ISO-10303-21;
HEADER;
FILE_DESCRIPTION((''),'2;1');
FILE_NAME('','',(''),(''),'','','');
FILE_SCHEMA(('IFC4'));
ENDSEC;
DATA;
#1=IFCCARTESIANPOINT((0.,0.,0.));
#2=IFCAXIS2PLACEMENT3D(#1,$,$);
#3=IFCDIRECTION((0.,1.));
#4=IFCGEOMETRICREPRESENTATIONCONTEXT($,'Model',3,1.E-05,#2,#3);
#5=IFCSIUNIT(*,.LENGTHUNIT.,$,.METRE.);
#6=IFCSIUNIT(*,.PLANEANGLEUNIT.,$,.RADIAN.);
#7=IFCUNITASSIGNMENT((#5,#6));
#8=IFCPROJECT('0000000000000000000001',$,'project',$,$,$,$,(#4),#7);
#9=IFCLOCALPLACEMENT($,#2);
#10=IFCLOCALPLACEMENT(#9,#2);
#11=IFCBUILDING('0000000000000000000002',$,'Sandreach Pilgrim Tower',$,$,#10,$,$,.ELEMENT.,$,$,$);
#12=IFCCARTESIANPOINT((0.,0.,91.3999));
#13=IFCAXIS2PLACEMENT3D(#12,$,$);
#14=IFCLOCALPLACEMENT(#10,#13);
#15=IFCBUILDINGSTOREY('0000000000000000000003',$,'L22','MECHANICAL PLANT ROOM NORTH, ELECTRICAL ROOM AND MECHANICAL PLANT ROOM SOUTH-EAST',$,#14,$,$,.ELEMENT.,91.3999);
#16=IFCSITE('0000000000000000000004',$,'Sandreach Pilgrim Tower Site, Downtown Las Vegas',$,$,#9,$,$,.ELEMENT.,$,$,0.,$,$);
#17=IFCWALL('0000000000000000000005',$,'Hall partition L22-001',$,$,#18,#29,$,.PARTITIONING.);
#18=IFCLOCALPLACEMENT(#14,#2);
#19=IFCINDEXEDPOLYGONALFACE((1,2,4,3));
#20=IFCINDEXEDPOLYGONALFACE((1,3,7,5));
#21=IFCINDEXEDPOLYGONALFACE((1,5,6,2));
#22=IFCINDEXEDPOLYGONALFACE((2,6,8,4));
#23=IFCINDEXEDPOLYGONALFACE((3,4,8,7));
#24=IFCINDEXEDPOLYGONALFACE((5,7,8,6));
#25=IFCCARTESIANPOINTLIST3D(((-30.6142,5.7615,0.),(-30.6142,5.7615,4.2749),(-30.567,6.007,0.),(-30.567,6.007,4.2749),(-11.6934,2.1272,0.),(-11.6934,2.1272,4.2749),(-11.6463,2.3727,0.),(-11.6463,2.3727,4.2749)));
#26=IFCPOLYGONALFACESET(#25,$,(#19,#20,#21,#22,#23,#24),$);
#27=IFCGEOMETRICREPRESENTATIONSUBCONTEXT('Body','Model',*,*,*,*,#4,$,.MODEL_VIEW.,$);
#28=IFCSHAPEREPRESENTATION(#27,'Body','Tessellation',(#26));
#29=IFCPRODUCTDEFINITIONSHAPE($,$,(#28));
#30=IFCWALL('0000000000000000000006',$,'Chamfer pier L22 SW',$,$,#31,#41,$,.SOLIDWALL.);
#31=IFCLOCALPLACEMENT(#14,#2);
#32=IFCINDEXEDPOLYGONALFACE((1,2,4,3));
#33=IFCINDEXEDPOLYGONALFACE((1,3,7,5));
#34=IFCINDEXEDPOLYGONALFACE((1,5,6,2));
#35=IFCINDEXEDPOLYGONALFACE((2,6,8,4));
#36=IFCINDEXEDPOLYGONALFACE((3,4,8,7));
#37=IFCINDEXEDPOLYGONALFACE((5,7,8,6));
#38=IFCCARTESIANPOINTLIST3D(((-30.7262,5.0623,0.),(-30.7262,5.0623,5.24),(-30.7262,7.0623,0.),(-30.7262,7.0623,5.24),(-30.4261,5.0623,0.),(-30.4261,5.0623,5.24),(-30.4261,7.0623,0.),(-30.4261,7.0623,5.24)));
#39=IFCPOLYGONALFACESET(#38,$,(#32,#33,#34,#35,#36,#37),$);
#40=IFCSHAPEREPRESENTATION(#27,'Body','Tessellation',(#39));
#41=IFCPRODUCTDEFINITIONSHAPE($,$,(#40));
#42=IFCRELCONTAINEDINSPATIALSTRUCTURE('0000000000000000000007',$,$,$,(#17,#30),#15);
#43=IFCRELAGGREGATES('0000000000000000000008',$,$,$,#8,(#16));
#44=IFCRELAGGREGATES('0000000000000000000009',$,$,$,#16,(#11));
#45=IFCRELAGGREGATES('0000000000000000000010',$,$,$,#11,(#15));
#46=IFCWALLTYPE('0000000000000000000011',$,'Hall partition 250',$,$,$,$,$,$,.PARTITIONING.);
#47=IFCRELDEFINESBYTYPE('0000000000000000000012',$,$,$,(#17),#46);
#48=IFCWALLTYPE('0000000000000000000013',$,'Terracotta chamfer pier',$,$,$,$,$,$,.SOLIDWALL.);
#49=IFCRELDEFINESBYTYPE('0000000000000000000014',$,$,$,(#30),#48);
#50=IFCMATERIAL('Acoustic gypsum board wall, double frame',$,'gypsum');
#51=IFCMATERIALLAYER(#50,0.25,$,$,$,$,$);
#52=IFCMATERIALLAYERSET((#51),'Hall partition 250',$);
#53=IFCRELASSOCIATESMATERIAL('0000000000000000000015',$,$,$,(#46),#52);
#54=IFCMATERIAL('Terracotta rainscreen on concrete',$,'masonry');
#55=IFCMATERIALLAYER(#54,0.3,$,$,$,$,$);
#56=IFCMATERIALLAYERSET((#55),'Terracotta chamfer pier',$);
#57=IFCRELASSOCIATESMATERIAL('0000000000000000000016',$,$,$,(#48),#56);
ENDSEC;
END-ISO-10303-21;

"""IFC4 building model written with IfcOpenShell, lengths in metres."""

from ifc_helpers import new_model, si_unit, direction, frame, frame_2d, origin, place, context, subcontext, project, spatial, rectangle, extrude, material, layer, layer_set, type_object, element, save


model = new_model("IFC4")

# Units and contexts
model_context = context("Model", 3, precision=1e-05, world=origin(), true_north=direction((0.0, 1.0)))
body_context = subcontext(model_context, "Body", "Model", "MODEL_VIEW")
ifc_project = project(units=[si_unit("LENGTHUNIT", "METRE"), si_unit("PLANEANGLEUNIT", "RADIAN")], contexts=[model_context])

# Site, building, storey
site_placement = place(None, origin())
site = spatial("IfcSite", under=ifc_project, at=site_placement, Name="Sandreach Pilgrim Tower Site, Downtown Las Vegas", CompositionType="ELEMENT", RefElevation=0.0)
building_placement = place(site_placement, origin())
building = spatial("IfcBuilding", under=site, at=building_placement, Name="Sandreach Pilgrim Tower", CompositionType="ELEMENT")
storey_placement = place(building_placement, frame((0.0, 0.0, 91.3999)))
storey = spatial("IfcBuildingStorey", under=building, at=storey_placement, Name="L22", Description="MECHANICAL PLANT ROOM NORTH, ELECTRICAL ROOM AND MECHANICAL PLANT ROOM SOUTH-EAST", CompositionType="ELEMENT", Elevation=91.3999)

# Walls
ifc_material_1 = material(Name="Acoustic gypsum board wall, double frame", Category="gypsum")
ifc_layer_1 = layer(ifc_material_1, 0.25)
ifc_layer_set_1 = layer_set([ifc_layer_1], Name="Hall partition 250")
wall_type_1 = type_object("IfcWallType", Name="Hall partition 250", PredefinedType="PARTITIONING", material=ifc_layer_set_1)
wall_1_placement = place(storey_placement, frame((-30.5906, 5.8843, 0.0), z_axis=(0.0, 0.0, 1.0), x_axis=(0.982048, -0.188632, 0.0)))
element("IfcWall", 1, at=wall_1_placement, inside=storey, type_object=wall_type_1, Name="Hall partition L22-001", PredefinedType="PARTITIONING", context=body_context, shape_type="SweptSolid", body=[
    extrude(rectangle(XDim=19.2666, YDim=0.25, at=frame_2d((9.6333, 0.0))), origin(), (0.0, 0.0, 1.0), 4.2749),
])
ifc_material_2 = material(Name="Terracotta rainscreen on concrete", Category="masonry")
ifc_layer_2 = layer(ifc_material_2, 0.3)
ifc_layer_set_2 = layer_set([ifc_layer_2], Name="Terracotta chamfer pier")
wall_type_2 = type_object("IfcWallType", Name="Terracotta chamfer pier", PredefinedType="SOLIDWALL", material=ifc_layer_set_2)
wall_2_placement = place(storey_placement, frame((-30.5762, 5.0623, 0.0), z_axis=(0.0, 0.0, 1.0), x_axis=(0.0, 1.0, 0.0)))
element("IfcWall", 2, at=wall_2_placement, inside=storey, type_object=wall_type_2, Name="Chamfer pier L22 SW", PredefinedType="SOLIDWALL", context=body_context, shape_type="SweptSolid", body=[
    extrude(rectangle(XDim=2.0, YDim=0.3, at=frame_2d((1.0, 0.0))), origin(), (0.0, 0.0, 1.0), 5.24),
])

save(model, "model.ifc")
